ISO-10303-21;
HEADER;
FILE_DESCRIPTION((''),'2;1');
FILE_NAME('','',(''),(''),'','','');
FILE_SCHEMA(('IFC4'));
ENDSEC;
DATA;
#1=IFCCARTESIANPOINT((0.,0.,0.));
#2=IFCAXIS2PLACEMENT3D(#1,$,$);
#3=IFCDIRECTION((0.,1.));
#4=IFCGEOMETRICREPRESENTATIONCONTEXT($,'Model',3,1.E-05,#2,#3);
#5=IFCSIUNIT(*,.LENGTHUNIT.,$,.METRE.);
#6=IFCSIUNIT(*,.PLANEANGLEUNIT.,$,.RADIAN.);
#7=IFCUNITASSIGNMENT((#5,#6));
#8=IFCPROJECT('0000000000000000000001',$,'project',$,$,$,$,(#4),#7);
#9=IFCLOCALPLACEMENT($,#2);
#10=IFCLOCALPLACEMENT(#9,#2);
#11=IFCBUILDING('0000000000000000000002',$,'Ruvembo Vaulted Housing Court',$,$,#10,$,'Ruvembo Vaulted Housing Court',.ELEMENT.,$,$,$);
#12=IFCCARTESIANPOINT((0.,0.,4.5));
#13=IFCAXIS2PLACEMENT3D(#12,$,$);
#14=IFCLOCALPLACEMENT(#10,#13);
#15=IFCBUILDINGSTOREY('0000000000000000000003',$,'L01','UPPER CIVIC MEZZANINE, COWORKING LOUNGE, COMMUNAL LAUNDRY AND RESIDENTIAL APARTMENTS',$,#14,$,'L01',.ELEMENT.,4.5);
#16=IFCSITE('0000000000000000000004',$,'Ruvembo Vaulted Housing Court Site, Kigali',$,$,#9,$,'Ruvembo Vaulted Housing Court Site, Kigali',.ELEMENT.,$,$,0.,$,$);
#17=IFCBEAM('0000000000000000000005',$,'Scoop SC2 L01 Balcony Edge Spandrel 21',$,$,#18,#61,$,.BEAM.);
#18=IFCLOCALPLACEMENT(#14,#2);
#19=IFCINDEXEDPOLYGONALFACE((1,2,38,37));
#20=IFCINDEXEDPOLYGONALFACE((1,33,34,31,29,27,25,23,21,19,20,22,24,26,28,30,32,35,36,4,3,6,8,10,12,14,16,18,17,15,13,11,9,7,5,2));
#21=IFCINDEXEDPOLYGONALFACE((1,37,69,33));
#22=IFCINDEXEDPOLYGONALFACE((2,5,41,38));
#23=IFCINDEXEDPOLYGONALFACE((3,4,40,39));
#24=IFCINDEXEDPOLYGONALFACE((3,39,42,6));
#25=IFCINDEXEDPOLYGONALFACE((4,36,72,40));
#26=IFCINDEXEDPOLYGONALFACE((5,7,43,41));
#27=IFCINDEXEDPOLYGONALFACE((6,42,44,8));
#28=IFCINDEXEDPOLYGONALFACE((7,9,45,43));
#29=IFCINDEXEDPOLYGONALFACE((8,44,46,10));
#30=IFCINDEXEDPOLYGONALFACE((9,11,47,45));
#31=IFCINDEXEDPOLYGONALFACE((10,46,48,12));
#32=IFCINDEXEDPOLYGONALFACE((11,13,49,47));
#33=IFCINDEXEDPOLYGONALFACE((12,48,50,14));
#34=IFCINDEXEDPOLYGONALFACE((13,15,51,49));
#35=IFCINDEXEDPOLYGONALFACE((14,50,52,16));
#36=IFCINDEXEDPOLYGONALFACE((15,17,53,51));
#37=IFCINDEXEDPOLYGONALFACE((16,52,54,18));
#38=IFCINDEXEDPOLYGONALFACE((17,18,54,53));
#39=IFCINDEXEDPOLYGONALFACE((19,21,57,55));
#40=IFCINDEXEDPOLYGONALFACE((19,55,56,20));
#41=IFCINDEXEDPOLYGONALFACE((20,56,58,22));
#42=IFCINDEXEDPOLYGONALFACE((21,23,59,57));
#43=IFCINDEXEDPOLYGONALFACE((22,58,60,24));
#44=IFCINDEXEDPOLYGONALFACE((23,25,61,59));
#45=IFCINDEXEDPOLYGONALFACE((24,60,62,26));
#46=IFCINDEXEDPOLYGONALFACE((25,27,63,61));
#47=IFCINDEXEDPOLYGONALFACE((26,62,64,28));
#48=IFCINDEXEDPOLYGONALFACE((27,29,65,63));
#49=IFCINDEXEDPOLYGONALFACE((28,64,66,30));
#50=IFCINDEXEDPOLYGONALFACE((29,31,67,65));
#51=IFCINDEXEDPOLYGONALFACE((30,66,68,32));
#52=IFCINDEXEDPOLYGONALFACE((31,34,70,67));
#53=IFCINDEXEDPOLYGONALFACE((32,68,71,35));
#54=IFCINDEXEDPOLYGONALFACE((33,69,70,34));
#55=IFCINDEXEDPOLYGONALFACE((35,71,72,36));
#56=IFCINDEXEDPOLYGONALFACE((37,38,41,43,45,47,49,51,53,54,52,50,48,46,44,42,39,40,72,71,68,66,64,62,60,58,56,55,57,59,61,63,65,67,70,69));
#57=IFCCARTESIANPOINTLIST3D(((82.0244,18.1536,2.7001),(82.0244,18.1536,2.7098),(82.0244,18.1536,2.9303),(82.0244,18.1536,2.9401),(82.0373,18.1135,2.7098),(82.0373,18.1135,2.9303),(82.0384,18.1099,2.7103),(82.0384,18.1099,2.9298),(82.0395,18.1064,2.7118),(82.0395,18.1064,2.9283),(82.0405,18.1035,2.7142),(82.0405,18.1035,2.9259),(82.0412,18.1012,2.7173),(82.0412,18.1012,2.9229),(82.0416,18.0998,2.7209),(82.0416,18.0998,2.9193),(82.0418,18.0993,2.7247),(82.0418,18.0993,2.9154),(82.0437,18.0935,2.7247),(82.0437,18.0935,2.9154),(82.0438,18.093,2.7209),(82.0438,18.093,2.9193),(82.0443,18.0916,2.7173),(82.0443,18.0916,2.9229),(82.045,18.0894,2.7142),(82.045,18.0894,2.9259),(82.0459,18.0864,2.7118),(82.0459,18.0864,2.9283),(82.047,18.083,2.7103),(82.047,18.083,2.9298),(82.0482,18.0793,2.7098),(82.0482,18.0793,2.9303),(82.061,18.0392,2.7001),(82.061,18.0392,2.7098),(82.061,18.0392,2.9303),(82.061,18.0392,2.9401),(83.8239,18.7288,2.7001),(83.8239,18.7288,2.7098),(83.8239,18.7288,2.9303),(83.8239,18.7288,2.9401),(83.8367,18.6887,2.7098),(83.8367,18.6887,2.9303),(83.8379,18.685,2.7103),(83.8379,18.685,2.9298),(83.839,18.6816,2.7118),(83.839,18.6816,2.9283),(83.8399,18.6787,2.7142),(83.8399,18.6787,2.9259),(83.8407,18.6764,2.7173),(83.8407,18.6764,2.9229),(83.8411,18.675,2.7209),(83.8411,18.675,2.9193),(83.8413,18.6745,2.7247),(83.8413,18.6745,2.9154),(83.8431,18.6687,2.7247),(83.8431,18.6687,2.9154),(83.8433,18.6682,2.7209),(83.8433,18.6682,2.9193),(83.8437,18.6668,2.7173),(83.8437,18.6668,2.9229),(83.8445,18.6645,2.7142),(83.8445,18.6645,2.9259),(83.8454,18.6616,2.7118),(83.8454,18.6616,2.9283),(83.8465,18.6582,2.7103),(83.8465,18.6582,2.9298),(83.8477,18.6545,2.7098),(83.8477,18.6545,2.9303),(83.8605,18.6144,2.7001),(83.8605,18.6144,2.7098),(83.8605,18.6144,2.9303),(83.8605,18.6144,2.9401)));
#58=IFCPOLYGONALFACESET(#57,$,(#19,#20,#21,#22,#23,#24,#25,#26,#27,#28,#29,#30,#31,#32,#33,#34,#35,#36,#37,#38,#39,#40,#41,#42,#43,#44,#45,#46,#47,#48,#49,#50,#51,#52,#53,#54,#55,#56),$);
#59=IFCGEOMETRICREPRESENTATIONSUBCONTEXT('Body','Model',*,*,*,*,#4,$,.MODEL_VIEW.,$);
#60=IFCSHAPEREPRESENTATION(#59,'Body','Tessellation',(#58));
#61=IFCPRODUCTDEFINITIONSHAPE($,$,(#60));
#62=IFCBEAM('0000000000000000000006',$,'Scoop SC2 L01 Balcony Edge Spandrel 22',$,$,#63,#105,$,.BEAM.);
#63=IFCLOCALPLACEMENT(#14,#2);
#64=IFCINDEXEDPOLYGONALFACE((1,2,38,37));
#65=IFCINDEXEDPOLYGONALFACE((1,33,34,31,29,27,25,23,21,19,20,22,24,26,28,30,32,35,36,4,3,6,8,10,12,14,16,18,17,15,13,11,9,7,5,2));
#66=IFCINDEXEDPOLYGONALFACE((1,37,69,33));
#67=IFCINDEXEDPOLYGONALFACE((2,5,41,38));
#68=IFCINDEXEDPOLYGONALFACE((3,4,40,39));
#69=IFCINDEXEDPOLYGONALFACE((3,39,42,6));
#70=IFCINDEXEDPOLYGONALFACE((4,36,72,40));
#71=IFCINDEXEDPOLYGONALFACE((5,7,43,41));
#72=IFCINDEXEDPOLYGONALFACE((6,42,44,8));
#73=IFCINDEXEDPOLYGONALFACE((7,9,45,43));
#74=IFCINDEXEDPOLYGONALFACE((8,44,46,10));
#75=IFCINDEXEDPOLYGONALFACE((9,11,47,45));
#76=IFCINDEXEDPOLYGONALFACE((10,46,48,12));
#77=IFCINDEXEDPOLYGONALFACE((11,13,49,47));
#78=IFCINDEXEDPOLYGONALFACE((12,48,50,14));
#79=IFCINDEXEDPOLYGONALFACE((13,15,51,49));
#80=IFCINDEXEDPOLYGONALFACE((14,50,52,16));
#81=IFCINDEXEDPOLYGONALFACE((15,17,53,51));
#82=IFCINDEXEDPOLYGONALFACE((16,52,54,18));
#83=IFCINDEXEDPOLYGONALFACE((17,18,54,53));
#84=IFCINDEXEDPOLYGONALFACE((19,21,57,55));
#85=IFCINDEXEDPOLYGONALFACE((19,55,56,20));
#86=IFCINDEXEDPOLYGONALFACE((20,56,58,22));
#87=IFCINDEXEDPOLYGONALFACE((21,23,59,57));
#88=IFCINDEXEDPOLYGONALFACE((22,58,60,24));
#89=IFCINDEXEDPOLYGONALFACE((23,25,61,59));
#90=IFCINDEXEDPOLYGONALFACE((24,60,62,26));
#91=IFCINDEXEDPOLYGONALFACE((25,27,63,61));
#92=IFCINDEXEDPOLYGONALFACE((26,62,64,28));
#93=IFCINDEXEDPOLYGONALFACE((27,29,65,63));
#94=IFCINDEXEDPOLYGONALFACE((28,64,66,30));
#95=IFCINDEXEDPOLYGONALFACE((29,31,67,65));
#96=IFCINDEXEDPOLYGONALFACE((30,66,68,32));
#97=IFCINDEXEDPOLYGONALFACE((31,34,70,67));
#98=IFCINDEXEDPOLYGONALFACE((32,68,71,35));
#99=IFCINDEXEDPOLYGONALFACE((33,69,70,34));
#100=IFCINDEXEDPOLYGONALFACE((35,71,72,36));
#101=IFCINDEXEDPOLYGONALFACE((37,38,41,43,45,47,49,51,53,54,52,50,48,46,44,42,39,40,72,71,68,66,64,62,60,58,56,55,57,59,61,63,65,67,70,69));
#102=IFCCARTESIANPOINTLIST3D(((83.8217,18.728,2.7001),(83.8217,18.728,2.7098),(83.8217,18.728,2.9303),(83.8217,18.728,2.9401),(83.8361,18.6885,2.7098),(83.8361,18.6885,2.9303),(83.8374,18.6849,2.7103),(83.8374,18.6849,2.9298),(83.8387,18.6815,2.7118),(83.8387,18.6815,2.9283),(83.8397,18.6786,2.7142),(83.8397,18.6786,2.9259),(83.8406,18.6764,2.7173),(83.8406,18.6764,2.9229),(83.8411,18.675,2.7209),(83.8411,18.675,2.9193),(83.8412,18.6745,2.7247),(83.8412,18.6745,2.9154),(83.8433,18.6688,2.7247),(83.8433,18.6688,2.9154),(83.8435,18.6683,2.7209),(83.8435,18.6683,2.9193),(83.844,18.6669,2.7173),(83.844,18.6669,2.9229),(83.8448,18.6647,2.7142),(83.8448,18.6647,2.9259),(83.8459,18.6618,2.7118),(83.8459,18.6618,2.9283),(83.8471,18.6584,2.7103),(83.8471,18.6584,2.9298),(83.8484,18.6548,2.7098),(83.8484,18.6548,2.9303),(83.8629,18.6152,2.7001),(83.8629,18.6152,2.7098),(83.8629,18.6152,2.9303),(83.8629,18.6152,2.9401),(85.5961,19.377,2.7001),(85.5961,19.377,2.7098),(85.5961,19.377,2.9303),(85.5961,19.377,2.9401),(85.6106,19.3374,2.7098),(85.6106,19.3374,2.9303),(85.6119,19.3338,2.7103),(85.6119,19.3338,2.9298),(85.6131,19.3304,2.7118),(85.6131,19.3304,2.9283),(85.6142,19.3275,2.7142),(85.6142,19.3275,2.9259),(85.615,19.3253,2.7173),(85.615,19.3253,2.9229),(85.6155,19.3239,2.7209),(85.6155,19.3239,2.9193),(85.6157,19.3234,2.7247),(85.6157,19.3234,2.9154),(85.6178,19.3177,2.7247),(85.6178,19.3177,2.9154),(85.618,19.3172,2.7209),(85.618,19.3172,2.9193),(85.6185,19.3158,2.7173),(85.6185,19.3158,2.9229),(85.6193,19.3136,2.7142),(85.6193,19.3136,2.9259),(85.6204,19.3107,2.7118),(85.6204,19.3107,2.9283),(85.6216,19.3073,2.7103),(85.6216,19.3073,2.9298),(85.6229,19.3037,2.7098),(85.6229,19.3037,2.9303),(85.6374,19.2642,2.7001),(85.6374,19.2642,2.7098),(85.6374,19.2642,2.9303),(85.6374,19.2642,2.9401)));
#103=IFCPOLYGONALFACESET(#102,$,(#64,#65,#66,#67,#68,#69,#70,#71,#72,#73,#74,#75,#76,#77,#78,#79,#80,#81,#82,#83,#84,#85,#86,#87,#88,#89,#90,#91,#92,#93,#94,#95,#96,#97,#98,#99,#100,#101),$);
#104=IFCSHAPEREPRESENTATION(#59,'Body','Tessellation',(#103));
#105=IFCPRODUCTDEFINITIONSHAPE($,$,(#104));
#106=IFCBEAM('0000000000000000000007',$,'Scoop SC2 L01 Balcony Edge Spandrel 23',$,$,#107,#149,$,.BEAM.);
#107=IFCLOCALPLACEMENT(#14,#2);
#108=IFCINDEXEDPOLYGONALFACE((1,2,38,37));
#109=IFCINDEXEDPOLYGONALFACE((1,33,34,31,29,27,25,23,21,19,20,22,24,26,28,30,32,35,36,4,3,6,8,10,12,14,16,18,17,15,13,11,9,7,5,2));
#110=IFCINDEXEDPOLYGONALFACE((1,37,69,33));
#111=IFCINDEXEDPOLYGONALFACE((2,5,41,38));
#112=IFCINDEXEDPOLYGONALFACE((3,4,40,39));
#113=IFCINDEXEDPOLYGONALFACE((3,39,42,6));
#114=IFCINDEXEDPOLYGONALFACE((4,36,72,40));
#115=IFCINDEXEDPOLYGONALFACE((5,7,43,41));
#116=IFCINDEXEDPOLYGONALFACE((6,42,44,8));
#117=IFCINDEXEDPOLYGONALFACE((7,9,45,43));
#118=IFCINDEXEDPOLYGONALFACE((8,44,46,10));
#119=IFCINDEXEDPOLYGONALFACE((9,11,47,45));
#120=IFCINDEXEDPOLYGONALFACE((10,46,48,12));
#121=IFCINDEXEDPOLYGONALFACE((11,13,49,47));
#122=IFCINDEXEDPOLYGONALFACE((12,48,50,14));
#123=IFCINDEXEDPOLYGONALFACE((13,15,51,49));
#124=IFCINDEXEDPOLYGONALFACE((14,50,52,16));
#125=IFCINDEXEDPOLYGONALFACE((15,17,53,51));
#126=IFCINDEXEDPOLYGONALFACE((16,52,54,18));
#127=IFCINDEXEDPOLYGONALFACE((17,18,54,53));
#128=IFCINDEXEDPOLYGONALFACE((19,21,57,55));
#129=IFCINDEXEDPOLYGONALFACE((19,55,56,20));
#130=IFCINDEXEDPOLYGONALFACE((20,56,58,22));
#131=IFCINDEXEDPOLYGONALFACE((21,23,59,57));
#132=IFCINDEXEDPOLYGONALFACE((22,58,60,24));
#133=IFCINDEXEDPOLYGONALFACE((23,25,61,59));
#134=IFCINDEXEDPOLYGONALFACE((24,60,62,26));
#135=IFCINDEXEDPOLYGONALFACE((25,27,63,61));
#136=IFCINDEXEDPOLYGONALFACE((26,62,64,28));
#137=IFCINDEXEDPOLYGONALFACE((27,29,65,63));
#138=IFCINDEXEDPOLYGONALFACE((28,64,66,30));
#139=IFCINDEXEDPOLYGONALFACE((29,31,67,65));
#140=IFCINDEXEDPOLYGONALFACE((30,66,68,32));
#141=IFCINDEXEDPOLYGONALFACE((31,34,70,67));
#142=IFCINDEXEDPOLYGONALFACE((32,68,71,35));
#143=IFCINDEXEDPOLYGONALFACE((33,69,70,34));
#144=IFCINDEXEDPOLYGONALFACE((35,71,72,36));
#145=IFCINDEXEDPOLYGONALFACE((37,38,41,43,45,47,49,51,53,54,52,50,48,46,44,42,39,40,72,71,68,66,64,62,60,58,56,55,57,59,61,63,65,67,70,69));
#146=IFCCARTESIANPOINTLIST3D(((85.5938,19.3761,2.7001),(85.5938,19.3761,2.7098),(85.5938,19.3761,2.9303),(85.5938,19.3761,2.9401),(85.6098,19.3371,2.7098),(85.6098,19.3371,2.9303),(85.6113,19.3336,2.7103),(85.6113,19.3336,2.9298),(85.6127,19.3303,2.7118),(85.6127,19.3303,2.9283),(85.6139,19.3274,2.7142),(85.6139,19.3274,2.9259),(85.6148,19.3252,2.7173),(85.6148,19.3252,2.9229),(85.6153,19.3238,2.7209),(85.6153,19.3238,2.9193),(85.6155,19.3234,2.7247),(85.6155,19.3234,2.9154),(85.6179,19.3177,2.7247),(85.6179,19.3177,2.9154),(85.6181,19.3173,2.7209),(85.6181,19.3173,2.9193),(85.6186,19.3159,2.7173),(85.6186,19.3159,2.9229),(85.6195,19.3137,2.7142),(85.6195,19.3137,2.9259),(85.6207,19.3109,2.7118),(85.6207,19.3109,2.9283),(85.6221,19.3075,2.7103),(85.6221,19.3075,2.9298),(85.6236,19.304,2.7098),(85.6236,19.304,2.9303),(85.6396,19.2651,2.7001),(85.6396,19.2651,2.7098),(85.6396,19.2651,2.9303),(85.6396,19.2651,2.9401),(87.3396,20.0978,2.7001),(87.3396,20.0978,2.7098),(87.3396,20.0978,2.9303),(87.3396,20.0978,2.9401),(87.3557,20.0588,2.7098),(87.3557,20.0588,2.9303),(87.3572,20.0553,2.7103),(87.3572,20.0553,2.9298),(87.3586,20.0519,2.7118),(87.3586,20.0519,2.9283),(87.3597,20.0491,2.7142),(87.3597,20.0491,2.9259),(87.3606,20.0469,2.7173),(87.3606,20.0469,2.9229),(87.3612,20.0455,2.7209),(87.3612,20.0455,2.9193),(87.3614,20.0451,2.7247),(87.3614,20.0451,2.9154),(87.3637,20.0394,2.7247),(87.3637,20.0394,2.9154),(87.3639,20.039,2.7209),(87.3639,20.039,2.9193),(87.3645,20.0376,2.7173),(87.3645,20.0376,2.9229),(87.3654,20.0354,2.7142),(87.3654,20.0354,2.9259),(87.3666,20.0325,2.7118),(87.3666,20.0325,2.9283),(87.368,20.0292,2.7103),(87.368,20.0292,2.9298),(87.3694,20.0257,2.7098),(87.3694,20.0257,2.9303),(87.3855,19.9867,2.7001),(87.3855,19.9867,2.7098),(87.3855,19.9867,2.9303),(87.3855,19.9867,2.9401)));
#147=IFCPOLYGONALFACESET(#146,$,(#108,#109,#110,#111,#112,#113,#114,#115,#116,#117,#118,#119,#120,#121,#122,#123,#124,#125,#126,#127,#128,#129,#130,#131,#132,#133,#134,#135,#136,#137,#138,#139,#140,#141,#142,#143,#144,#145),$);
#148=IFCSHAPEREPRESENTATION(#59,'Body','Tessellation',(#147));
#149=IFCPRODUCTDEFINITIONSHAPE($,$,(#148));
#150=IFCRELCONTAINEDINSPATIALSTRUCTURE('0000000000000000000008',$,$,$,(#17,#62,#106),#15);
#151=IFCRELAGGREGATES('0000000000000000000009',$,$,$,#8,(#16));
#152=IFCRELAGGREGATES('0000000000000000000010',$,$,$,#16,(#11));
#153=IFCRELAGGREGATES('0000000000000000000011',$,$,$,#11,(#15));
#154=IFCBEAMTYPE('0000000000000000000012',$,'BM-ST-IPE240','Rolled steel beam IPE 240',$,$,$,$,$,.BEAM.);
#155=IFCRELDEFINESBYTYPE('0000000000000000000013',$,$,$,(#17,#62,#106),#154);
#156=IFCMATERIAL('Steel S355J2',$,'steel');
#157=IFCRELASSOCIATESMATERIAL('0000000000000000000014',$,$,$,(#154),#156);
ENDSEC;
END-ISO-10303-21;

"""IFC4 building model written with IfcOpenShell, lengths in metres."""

from ifc_helpers import new_model, si_unit, direction, frame, origin, origin_2d, place, context, subcontext, project, spatial, i_section, extrude, material, material_profile, profile_set, type_object, element, save


model = new_model("IFC4")

# Units and contexts
model_context = context("Model", 3, precision=1e-05, world=origin(), true_north=direction((0.0, 1.0)))
body_context = subcontext(model_context, "Body", "Model", "MODEL_VIEW")
ifc_project = project(units=[si_unit("LENGTHUNIT", "METRE"), si_unit("PLANEANGLEUNIT", "RADIAN")], contexts=[model_context])

# Site, building, storey
site_placement = place(None, origin())
site = spatial("IfcSite", under=ifc_project, at=site_placement, Name="Ruvembo Vaulted Housing Court Site, Kigali", LongName="Ruvembo Vaulted Housing Court Site, Kigali", CompositionType="ELEMENT", RefElevation=0.0)
building_placement = place(site_placement, origin())
building = spatial("IfcBuilding", under=site, at=building_placement, Name="Ruvembo Vaulted Housing Court", LongName="Ruvembo Vaulted Housing Court", CompositionType="ELEMENT")
storey_placement = place(building_placement, frame((0.0, 0.0, 4.5)))
storey = spatial("IfcBuildingStorey", under=building, at=storey_placement, Name="L01", Description="UPPER CIVIC MEZZANINE, COWORKING LOUNGE, COMMUNAL LAUNDRY AND RESIDENTIAL APARTMENTS", LongName="L01", CompositionType="ELEMENT", Elevation=4.5)

# Beams
ifc_material_1 = material(Name="Steel S355J2", Category="steel")
ifc_material_profile_1 = material_profile(ifc_material_1, i_section(OverallWidth=0.1201, OverallDepth=0.24, WebThickness=0.0061, FlangeThickness=0.0098, FilletRadius=0.0149, at=origin_2d()), Name="IPE 240")
ifc_profile_set_1 = profile_set([ifc_material_profile_1], Name="Steel S355J2")
beam_type = type_object("IfcBeamType", Name="BM-ST-IPE240", Description="Rolled steel beam IPE 240", PredefinedType="BEAM", material=ifc_profile_set_1)
beam_1_placement = place(storey_placement, frame((82.0427, 18.0964, 2.8201), z_axis=(0.952526, 0.304457, 0.0), x_axis=(-0.304457, 0.952526, 0.0)))
element("IfcBeam", 1, at=beam_1_placement, inside=storey, type_object=beam_type, Name="Scoop SC2 L01 Balcony Edge Spandrel 21", PredefinedType="BEAM", context=body_context, shape_type="SweptSolid", body=[
    extrude(i_section(OverallWidth=0.1201, OverallDepth=0.24, WebThickness=0.0061, FlangeThickness=0.0098, FilletRadius=0.0149, at=origin_2d()), origin(), (0.0, 0.0, 1.0), 1.8892),
])
beam_2_placement = place(storey_placement, frame((83.8423, 18.6716, 2.8201), z_axis=(0.939166, 0.343465, 0.0), x_axis=(-0.343465, 0.939166, 0.0)))
element("IfcBeam", 2, at=beam_2_placement, inside=storey, type_object=beam_type, Name="Scoop SC2 L01 Balcony Edge Spandrel 22", PredefinedType="BEAM", context=body_context, shape_type="SweptSolid", body=[
    extrude(i_section(OverallWidth=0.1201, OverallDepth=0.24, WebThickness=0.0061, FlangeThickness=0.0098, FilletRadius=0.0149, at=origin_2d()), origin(), (0.0, 0.0, 1.0), 1.8894),
])
beam_3_placement = place(storey_placement, frame((85.6167, 19.3206, 2.8201), z_axis=(0.924155, 0.382017, 0.0), x_axis=(-0.382017, 0.924155, 0.0)))
element("IfcBeam", 3, at=beam_3_placement, inside=storey, type_object=beam_type, Name="Scoop SC2 L01 Balcony Edge Spandrel 23", PredefinedType="BEAM", context=body_context, shape_type="SweptSolid", body=[
    extrude(i_section(OverallWidth=0.1201, OverallDepth=0.24, WebThickness=0.0061, FlangeThickness=0.0098, FilletRadius=0.0149, at=origin_2d()), origin(), (0.0, 0.0, 1.0), 1.8892),
])

save(model, "model.ifc")
